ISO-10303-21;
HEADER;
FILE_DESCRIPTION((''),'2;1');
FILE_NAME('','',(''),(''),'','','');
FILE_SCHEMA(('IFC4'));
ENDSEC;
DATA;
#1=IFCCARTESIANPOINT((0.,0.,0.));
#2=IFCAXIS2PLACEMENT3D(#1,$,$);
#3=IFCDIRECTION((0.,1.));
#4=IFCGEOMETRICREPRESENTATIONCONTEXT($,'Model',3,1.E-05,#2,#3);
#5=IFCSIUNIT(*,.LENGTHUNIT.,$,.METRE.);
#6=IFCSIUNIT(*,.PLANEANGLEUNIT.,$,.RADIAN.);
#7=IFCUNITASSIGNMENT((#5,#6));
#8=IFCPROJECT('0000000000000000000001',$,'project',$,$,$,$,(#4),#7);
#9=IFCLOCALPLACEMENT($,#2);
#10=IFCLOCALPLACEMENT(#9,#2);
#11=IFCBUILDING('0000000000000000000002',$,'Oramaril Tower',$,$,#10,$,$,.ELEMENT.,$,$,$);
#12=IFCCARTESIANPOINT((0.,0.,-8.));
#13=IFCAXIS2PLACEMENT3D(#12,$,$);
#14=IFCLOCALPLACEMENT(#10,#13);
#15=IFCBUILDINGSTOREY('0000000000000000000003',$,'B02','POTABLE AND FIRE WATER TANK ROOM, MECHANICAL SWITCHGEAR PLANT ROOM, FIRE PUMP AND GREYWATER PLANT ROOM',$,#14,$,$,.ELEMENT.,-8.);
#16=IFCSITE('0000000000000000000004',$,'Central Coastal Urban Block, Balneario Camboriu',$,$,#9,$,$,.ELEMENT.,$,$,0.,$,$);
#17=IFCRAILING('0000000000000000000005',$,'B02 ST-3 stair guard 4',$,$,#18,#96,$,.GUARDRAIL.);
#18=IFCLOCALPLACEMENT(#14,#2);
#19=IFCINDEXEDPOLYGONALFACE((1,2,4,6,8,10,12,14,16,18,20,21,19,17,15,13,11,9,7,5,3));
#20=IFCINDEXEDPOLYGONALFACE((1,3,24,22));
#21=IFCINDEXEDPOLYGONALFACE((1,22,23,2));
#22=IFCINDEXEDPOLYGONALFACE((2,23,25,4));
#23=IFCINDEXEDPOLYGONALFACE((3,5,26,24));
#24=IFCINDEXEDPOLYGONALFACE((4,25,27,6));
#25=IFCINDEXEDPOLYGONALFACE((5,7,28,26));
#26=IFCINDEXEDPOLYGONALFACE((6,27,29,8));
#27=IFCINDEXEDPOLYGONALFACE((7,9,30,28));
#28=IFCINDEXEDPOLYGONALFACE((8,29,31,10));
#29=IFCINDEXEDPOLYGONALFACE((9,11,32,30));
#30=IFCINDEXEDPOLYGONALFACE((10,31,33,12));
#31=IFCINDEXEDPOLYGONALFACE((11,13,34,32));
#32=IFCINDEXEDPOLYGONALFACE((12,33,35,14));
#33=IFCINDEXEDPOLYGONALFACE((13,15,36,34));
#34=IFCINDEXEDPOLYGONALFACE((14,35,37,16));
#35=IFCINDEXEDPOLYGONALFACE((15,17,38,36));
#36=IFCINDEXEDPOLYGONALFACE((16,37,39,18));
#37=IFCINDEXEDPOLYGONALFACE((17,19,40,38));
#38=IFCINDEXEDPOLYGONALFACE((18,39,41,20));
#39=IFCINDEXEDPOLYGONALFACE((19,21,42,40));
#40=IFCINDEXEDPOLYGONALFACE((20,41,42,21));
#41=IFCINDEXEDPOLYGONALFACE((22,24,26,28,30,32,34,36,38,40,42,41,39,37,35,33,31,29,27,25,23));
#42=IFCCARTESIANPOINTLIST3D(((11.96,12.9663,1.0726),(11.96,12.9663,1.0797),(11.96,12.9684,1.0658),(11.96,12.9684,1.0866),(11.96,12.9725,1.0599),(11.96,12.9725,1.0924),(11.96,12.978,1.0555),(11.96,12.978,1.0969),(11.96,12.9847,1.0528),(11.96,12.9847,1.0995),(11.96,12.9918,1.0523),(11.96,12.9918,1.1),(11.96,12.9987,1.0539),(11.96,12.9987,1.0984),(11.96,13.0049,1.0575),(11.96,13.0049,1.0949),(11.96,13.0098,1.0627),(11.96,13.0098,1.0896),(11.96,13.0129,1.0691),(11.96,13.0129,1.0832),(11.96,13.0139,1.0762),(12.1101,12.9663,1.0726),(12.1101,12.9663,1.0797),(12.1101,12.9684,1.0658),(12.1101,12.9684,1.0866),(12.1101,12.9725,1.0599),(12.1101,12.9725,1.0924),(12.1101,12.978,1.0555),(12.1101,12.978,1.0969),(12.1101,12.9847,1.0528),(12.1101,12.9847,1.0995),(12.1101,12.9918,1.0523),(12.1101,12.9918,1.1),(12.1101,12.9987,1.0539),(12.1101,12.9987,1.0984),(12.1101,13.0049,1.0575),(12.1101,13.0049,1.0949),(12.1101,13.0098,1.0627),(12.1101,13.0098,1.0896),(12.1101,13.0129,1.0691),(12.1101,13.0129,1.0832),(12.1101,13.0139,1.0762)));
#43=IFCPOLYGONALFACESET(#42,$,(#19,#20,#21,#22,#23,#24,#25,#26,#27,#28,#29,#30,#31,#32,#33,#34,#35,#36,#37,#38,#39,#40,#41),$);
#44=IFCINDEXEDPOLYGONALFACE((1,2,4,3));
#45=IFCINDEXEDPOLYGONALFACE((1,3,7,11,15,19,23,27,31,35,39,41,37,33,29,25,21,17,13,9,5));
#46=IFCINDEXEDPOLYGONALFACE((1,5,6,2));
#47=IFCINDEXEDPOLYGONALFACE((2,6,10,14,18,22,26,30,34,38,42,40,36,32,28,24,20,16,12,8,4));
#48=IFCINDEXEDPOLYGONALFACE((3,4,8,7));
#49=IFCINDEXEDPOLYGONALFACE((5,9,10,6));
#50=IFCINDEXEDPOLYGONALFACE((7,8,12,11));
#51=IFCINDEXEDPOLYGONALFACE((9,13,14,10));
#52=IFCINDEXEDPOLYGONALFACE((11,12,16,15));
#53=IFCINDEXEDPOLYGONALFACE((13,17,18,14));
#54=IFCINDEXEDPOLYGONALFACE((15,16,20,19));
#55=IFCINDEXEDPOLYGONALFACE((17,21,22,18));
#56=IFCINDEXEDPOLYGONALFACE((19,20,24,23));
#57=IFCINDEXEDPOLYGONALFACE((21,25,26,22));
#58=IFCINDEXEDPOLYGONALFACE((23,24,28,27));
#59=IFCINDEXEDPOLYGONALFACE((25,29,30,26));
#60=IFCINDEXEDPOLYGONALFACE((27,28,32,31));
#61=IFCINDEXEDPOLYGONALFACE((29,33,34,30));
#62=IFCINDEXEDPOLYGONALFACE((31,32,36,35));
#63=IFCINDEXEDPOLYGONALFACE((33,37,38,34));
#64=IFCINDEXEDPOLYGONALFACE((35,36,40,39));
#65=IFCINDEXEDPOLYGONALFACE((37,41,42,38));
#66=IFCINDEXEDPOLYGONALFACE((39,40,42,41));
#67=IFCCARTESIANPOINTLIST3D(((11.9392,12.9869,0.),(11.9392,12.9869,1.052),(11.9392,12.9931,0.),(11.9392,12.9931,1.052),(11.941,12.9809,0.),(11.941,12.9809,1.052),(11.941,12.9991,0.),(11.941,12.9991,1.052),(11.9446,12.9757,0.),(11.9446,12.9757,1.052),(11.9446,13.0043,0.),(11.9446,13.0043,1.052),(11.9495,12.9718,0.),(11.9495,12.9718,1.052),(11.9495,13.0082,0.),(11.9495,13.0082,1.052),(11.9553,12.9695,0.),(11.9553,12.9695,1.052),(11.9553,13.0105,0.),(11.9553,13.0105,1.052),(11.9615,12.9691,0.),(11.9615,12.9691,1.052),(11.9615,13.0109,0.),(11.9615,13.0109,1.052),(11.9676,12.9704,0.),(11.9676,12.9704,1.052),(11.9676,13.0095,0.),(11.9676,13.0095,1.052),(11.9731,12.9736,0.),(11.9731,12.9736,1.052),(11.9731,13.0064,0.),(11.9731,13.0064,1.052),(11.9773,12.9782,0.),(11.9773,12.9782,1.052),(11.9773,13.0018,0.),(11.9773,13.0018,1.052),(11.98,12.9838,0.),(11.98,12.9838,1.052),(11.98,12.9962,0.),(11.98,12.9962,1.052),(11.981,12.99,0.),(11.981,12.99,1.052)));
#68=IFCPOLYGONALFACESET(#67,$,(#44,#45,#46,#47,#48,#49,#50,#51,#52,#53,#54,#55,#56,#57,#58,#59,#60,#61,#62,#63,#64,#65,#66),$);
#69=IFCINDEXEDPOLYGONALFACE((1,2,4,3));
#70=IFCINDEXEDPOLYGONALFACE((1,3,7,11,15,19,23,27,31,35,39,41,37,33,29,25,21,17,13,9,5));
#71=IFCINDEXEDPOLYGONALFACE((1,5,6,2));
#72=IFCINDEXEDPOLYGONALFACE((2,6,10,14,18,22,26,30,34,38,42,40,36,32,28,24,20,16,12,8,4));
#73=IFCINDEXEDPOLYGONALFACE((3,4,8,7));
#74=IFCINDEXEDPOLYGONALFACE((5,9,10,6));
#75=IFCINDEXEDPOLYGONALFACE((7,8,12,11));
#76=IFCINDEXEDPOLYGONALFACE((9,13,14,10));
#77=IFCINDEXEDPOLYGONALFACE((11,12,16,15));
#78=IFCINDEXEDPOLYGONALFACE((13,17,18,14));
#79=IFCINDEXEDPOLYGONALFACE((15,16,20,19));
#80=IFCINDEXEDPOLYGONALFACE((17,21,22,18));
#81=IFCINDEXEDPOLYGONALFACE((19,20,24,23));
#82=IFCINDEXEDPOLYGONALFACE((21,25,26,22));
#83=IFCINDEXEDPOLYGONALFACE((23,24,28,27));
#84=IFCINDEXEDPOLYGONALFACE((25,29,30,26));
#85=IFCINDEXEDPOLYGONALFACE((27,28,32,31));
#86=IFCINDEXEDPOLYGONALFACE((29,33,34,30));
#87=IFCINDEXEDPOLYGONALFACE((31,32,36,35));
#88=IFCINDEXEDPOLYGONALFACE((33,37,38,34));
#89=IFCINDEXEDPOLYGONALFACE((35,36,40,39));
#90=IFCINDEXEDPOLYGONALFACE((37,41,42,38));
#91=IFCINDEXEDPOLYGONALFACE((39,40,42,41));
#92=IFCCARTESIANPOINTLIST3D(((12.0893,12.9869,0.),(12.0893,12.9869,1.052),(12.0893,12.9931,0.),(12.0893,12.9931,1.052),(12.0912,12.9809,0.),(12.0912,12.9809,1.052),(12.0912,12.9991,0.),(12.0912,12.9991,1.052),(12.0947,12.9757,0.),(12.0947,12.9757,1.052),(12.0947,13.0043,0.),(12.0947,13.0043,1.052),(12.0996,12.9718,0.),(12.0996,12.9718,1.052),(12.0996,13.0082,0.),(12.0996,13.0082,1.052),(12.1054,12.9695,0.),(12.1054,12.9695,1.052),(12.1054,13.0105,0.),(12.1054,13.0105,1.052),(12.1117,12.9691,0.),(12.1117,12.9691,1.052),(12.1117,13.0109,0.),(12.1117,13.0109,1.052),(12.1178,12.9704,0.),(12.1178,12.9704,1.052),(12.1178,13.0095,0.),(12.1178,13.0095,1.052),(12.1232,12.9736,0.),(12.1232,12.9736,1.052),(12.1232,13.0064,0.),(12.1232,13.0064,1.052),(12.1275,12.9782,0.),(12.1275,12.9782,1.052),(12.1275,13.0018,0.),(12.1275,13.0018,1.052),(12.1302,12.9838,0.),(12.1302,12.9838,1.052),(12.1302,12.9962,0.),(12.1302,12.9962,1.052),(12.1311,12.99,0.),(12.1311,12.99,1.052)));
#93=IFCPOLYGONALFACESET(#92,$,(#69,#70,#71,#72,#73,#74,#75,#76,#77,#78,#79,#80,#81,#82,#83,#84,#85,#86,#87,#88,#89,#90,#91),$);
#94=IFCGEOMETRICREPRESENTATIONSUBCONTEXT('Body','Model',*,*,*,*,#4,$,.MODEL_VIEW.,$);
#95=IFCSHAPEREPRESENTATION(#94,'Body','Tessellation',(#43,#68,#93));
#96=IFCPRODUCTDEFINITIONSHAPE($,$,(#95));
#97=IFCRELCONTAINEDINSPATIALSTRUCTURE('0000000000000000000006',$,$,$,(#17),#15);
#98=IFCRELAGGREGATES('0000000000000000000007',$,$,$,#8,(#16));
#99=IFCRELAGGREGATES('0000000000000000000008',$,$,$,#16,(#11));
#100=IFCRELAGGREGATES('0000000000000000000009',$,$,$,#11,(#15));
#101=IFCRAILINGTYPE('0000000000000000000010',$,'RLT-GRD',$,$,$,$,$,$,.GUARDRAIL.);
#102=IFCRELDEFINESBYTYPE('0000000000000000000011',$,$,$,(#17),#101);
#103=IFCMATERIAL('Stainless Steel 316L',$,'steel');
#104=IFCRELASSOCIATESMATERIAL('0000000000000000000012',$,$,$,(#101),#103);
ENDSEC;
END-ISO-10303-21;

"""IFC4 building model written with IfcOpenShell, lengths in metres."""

from ifc_helpers import new_model, si_unit, direction, frame, origin, origin_2d, place, context, subcontext, project, spatial, circle, extrude, material, type_object, element, save


model = new_model("IFC4")

# Units and contexts
model_context = context("Model", 3, precision=1e-05, world=origin(), true_north=direction((0.0, 1.0)))
body_context = subcontext(model_context, "Body", "Model", "MODEL_VIEW")
ifc_project = project(units=[si_unit("LENGTHUNIT", "METRE"), si_unit("PLANEANGLEUNIT", "RADIAN")], contexts=[model_context])

# Site, building, storey
site_placement = place(None, origin())
site = spatial("IfcSite", under=ifc_project, at=site_placement, Name="Central Coastal Urban Block, Balneario Camboriu", CompositionType="ELEMENT", RefElevation=0.0)
building_placement = place(site_placement, origin())
building = spatial("IfcBuilding", under=site, at=building_placement, Name="Oramaril Tower", CompositionType="ELEMENT")
storey_placement = place(building_placement, frame((0.0, 0.0, -8.0)))
storey = spatial("IfcBuildingStorey", under=building, at=storey_placement, Name="B02", Description="POTABLE AND FIRE WATER TANK ROOM, MECHANICAL SWITCHGEAR PLANT ROOM, FIRE PUMP AND GREYWATER PLANT ROOM", CompositionType="ELEMENT", Elevation=-8.0)

# Railing
ifc_material_1 = material(Name="Stainless Steel 316L", Category="steel")
railing_type_1 = type_object("IfcRailingType", Name="RLT-GRD", PredefinedType="GUARDRAIL", material=ifc_material_1)
railing_1_placement = place(storey_placement, frame((11.96, 12.99, 0.0)))
element("IfcRailing", 1, at=railing_1_placement, inside=storey, type_object=railing_type_1, Name="B02 ST-3 stair guard 4", PredefinedType="GUARDRAIL", context=body_context, shape_type="SweptSolid", body=[
    extrude(circle(Radius=0.0239, at=origin_2d()), frame((0.0, 0.0, 1.0762), z_axis=(1.0, 0.0, 0.0), x_axis=(0.0, 1.0, 0.0)), (0.0, 0.0, 1.0), 0.1501),
    extrude(circle(Radius=0.021, at=origin_2d()), origin(), (0.0, 0.0, 1.0), 1.052),
    extrude(circle(Radius=0.021, at=origin_2d()), frame((0.1501, 0.0, 0.0)), (0.0, 0.0, 1.0), 1.052),
])

save(model, "model.ifc")
